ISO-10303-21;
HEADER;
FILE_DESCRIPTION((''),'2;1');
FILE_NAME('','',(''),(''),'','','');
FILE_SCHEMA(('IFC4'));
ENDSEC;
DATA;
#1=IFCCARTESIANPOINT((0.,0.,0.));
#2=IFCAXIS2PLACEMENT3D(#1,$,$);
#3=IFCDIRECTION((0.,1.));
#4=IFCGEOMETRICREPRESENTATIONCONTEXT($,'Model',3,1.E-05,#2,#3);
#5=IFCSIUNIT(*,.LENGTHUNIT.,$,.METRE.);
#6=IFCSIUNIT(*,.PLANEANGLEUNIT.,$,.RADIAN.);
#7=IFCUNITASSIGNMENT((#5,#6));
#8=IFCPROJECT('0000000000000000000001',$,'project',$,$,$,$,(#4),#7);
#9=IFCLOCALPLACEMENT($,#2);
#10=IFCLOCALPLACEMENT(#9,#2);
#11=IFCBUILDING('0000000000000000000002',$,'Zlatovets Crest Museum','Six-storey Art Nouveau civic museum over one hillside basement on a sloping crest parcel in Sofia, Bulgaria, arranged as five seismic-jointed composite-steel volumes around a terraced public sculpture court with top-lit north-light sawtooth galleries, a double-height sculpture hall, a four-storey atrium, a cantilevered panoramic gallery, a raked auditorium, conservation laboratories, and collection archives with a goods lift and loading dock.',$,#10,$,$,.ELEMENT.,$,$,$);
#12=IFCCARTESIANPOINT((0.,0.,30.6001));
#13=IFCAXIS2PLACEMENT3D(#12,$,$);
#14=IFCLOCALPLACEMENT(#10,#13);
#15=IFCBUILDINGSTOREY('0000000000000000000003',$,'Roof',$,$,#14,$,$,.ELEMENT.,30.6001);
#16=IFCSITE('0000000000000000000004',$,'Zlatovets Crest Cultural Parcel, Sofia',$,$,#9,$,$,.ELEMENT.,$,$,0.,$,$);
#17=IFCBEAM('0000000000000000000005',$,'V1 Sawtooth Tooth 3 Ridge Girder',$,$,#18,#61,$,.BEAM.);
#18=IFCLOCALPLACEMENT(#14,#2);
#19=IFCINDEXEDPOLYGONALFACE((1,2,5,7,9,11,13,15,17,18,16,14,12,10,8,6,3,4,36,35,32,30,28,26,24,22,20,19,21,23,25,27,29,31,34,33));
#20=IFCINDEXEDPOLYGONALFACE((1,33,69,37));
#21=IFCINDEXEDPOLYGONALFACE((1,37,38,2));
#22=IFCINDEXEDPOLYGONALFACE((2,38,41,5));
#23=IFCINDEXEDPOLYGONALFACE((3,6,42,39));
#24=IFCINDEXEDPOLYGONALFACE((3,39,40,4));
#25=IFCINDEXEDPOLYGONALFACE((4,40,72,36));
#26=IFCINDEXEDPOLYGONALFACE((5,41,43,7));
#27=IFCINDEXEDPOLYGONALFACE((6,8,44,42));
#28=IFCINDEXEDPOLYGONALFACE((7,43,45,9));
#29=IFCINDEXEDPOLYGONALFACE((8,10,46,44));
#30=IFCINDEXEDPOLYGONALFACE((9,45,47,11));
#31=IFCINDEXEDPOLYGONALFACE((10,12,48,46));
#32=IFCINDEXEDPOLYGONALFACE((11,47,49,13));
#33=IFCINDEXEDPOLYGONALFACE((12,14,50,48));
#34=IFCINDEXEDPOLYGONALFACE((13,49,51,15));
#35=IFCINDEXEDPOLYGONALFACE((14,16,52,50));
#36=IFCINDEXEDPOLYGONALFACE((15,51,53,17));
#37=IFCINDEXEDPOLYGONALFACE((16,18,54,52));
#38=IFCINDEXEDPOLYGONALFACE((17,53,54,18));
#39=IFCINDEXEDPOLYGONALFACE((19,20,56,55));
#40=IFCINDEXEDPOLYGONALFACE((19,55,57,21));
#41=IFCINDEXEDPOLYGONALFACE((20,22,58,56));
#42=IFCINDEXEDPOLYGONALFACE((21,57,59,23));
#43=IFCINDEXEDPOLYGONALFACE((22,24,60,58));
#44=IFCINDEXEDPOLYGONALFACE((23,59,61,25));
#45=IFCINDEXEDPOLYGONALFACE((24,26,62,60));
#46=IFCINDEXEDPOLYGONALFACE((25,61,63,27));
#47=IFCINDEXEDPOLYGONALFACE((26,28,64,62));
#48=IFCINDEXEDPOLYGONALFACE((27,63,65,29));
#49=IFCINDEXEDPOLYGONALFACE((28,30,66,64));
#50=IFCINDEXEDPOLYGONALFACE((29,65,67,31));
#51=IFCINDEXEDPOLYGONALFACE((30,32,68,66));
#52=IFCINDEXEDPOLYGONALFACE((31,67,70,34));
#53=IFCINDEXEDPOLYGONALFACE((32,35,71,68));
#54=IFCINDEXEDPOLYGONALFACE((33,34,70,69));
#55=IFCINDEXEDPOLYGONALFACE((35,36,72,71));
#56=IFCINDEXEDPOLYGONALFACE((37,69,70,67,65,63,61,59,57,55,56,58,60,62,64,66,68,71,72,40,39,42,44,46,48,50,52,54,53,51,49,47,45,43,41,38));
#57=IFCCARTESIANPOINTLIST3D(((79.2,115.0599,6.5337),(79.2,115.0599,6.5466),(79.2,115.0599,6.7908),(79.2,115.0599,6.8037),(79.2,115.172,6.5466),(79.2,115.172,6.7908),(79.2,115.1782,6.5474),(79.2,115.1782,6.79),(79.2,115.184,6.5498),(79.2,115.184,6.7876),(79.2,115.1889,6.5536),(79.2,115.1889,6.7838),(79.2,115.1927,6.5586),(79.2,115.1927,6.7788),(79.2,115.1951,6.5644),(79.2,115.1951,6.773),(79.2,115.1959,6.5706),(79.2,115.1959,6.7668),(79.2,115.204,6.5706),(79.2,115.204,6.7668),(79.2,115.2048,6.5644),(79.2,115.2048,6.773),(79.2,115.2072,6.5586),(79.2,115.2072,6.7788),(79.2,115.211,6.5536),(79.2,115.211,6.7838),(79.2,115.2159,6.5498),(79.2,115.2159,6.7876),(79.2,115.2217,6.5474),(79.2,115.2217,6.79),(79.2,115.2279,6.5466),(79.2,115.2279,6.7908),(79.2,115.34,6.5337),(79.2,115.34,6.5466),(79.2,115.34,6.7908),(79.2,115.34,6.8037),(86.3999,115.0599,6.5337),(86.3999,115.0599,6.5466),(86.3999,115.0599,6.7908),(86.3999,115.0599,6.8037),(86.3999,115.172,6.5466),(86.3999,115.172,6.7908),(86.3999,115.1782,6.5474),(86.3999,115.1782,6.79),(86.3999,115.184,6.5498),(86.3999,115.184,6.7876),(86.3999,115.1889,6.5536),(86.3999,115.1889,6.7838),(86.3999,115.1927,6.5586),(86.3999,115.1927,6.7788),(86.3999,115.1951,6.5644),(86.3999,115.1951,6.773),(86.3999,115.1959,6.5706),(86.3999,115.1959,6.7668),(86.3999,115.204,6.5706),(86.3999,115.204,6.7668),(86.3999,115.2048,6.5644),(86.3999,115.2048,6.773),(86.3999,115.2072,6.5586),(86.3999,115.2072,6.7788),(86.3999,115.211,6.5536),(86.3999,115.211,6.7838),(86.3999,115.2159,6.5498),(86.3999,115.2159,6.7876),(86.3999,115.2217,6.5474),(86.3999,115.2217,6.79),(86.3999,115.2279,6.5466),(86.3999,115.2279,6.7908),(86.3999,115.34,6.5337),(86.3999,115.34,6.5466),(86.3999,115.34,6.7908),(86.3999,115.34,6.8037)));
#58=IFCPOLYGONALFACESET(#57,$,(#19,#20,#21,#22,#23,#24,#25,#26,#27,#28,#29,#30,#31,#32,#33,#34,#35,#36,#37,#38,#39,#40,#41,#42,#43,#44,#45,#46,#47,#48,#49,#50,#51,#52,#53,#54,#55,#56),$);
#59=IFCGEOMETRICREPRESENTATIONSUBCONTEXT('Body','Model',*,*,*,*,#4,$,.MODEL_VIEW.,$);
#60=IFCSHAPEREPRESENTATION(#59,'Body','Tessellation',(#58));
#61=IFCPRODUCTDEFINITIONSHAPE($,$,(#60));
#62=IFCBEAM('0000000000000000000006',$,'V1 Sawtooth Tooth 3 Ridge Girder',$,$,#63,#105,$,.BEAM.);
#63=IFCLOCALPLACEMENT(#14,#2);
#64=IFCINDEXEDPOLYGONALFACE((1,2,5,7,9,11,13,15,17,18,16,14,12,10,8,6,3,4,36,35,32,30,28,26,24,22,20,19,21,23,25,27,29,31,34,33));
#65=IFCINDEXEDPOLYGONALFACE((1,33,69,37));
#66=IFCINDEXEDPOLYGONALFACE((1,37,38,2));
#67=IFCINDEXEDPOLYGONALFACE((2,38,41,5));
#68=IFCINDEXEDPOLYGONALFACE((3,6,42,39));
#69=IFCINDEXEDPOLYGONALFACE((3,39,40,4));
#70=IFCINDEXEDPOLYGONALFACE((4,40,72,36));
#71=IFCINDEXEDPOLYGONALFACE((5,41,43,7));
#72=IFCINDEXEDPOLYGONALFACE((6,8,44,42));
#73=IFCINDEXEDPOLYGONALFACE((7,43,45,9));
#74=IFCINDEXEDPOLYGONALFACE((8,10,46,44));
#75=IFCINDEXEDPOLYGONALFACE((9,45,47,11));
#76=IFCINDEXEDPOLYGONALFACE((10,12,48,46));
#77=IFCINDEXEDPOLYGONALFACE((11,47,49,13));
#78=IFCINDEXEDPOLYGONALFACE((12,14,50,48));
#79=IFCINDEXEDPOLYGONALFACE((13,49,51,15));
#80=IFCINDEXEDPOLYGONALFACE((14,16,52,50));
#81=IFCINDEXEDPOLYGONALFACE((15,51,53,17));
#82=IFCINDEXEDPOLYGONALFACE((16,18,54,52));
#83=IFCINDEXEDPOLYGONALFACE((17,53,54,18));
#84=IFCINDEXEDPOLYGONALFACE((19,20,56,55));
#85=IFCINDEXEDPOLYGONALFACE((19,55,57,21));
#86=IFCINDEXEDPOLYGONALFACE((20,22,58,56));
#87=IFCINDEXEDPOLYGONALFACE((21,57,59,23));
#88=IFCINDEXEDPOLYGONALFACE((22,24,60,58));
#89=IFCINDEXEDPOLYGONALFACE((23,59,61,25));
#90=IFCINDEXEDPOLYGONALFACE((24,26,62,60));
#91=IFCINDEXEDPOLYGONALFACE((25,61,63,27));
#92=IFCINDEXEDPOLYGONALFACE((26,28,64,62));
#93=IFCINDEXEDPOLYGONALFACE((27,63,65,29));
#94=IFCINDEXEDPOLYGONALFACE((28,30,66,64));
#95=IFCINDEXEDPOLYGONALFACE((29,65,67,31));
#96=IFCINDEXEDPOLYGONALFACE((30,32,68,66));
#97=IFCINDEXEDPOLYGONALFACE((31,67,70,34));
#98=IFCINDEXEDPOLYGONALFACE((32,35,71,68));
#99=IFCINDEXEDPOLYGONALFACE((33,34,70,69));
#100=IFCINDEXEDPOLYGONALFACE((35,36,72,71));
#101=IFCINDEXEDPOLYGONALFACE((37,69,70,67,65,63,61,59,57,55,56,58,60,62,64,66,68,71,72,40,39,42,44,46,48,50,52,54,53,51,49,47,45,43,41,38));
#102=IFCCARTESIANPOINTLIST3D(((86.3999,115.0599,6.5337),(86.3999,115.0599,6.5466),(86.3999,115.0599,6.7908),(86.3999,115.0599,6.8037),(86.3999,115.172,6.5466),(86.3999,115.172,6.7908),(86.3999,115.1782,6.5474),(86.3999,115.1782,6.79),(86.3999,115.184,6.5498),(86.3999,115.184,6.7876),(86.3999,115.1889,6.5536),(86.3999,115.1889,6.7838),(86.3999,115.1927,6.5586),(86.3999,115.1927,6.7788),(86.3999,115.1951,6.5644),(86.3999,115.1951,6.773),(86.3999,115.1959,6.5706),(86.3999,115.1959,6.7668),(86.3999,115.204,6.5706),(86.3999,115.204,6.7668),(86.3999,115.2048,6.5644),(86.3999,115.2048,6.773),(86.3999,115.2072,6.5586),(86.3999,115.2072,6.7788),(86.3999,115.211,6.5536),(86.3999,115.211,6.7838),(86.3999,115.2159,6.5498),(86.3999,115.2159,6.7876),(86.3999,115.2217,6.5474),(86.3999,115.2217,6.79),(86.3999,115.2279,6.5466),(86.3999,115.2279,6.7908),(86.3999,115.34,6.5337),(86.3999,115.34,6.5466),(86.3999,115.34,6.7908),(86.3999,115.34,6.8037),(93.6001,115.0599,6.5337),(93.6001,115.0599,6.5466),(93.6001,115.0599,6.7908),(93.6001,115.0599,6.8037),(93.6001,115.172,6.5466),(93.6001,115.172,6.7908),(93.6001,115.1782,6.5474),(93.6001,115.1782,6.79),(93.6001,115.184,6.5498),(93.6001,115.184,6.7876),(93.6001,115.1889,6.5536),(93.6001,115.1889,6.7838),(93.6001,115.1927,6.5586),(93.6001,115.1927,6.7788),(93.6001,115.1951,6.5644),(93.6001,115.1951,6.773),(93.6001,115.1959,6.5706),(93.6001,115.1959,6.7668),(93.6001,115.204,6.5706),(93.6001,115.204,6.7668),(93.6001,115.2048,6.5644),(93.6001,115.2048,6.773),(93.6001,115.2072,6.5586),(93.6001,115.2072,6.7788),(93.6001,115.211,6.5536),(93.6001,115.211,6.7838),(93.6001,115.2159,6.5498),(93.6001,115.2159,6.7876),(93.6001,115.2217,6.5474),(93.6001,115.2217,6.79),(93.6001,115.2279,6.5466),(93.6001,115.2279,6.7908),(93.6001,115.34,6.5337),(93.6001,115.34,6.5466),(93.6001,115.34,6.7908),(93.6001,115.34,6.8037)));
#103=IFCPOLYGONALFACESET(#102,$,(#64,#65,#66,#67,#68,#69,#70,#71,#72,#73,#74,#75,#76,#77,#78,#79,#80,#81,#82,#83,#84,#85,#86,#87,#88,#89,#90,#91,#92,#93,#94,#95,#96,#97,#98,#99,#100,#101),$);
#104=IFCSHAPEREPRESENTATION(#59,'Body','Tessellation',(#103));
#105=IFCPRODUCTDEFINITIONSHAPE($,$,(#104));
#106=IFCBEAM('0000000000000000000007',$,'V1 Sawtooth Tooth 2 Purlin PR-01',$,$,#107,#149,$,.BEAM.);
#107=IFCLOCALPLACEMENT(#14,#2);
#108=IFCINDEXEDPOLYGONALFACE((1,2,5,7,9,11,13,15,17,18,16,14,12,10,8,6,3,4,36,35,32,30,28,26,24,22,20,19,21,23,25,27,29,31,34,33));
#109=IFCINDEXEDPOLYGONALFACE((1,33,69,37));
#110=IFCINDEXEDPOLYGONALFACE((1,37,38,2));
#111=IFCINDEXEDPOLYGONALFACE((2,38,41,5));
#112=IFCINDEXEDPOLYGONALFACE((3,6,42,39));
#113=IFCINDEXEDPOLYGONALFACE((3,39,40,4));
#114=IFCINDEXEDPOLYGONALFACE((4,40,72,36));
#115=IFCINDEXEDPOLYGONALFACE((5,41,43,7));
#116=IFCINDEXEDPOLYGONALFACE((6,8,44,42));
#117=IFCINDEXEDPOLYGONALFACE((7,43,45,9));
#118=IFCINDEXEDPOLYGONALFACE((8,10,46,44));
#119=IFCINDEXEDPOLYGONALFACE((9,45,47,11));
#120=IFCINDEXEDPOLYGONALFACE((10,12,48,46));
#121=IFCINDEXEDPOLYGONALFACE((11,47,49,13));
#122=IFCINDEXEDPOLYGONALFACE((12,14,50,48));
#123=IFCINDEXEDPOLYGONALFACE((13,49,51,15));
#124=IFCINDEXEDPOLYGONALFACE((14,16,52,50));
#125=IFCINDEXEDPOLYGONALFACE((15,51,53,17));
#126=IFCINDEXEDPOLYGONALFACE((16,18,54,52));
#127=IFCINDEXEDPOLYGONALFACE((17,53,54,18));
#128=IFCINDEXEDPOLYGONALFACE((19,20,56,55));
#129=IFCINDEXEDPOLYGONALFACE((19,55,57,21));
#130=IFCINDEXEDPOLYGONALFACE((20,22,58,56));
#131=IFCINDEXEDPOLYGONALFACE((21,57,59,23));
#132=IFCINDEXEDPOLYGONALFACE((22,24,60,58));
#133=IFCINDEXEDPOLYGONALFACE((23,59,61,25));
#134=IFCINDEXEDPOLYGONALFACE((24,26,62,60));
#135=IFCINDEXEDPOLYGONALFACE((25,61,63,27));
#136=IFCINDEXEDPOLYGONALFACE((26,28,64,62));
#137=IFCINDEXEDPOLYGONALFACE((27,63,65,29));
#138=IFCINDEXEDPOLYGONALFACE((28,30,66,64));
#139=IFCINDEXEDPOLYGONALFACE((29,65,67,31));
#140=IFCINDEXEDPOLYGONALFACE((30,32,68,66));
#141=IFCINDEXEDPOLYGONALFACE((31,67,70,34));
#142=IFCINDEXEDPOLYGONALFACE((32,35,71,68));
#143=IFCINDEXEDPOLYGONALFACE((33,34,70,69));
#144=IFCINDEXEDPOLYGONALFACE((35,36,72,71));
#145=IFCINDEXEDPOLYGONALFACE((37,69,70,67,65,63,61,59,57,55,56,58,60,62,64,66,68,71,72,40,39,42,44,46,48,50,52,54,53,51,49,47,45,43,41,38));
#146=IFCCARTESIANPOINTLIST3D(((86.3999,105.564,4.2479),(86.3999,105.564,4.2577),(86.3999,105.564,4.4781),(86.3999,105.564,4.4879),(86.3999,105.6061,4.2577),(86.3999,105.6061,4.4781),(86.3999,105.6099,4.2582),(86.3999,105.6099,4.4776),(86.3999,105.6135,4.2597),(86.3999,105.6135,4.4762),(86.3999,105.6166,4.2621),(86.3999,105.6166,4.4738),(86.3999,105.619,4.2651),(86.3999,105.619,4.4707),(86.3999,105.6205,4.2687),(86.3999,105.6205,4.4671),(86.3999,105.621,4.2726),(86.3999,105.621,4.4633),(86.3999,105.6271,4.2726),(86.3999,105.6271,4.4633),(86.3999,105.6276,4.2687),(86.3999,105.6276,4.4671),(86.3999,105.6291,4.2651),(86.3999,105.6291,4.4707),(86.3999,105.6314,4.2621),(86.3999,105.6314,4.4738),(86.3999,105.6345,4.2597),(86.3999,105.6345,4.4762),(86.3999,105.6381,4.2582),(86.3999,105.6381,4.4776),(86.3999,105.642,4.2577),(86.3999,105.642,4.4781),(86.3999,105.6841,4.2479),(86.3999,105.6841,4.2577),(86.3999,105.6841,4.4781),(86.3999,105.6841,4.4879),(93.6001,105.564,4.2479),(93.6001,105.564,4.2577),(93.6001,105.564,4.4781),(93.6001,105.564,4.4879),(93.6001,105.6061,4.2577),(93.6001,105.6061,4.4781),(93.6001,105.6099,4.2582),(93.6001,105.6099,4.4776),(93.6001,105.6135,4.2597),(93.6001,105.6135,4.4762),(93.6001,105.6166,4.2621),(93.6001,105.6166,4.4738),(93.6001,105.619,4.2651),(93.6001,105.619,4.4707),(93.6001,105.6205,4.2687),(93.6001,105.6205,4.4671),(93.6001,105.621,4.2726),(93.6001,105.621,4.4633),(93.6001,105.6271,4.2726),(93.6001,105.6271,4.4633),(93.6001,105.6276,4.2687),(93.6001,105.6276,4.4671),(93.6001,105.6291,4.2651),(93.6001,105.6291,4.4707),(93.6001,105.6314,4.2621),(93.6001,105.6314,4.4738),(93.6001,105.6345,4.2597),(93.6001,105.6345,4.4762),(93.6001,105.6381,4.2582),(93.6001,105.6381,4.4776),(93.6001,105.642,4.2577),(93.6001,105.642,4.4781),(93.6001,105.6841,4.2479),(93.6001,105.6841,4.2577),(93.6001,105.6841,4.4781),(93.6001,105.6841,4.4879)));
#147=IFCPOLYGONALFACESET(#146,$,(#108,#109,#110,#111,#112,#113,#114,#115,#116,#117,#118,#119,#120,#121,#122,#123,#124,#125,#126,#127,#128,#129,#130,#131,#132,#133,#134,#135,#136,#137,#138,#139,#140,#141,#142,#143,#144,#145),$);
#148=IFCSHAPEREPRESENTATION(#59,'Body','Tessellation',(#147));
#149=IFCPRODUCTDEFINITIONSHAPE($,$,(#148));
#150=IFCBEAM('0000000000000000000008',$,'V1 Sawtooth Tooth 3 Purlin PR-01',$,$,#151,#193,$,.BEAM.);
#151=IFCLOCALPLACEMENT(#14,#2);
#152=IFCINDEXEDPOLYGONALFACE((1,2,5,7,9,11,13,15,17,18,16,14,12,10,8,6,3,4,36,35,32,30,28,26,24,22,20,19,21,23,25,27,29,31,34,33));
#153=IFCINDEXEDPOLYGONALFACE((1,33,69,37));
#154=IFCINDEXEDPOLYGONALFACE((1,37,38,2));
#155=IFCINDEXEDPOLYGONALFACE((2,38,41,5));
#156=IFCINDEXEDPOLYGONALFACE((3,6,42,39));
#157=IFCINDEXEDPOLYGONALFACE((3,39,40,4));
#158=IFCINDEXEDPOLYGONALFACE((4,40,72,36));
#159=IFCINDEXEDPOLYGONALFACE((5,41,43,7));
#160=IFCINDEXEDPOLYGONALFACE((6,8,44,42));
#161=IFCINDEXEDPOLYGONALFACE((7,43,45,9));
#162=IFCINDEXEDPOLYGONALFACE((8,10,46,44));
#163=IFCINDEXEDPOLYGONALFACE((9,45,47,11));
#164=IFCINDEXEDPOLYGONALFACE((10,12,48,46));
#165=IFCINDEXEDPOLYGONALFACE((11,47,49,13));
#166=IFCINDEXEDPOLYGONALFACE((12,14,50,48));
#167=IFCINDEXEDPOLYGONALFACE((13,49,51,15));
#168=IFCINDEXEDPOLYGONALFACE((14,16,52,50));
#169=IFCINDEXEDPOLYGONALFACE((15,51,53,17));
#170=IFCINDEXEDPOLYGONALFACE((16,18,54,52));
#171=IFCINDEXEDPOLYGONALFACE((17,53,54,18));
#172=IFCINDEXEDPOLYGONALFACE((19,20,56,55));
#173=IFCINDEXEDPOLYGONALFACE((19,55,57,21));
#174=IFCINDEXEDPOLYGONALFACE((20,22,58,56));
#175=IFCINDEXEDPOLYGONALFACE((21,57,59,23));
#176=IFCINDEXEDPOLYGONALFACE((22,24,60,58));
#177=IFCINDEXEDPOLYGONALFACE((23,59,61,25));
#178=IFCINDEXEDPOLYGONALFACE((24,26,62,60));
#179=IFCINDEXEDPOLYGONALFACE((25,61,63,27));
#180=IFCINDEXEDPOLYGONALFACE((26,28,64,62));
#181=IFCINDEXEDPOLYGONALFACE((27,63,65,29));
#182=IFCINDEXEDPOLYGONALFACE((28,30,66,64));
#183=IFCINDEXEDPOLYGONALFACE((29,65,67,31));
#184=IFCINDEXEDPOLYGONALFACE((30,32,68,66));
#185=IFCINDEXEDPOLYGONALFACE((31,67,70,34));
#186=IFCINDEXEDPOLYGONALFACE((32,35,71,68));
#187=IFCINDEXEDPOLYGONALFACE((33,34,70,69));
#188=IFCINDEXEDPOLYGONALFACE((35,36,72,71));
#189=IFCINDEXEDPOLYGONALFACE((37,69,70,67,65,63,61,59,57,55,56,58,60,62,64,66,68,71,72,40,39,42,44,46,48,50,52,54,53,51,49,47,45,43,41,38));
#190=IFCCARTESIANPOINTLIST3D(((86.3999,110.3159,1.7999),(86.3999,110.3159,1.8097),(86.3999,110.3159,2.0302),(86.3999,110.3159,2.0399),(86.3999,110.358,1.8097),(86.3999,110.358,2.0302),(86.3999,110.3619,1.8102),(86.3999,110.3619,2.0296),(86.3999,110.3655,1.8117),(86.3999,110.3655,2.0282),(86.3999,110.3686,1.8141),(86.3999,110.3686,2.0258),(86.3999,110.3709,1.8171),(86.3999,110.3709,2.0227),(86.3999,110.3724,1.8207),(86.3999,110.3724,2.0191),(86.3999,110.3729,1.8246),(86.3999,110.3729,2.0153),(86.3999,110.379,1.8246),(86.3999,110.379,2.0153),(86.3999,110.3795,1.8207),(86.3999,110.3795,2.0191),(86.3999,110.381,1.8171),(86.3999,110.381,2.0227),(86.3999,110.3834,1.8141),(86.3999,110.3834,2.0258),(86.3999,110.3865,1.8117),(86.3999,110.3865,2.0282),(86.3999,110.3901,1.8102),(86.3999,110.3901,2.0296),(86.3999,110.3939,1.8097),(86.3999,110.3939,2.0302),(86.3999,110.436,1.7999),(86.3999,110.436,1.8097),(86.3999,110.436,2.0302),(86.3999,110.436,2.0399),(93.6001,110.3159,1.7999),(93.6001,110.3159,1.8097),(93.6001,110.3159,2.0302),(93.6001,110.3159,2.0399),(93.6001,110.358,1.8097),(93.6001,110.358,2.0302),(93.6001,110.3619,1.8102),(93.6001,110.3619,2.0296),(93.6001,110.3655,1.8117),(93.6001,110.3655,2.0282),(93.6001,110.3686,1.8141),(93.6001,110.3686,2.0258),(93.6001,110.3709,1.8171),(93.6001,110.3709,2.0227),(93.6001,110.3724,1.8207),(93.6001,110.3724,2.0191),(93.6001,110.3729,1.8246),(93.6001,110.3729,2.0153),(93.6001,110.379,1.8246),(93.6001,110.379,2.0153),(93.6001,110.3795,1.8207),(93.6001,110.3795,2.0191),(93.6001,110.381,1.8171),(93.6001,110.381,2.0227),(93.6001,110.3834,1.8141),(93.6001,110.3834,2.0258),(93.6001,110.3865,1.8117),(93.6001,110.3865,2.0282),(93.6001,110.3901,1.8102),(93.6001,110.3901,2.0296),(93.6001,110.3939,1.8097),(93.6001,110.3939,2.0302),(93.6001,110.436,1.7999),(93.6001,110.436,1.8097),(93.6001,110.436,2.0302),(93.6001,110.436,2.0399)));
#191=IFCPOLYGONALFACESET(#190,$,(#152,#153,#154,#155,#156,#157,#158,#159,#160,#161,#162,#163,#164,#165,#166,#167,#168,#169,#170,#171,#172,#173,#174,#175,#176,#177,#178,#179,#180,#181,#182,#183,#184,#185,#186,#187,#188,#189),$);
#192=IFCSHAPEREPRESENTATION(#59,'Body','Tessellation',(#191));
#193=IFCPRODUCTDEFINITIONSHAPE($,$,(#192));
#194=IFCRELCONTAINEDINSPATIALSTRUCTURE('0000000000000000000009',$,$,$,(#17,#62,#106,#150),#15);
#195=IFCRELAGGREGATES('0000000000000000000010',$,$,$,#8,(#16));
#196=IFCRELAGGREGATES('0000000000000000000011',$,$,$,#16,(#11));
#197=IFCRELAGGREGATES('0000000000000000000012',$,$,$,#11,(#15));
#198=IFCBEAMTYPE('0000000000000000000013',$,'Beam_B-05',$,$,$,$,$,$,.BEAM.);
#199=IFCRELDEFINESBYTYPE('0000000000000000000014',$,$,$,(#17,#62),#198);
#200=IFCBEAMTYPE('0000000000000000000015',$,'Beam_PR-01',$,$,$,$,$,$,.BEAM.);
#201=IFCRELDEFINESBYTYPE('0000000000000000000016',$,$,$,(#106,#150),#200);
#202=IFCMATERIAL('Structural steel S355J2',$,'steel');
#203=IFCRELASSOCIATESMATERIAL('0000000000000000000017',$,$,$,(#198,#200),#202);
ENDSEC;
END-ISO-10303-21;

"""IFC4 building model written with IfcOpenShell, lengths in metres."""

from ifc_helpers import new_model, si_unit, direction, frame, origin, origin_2d, place, context, subcontext, project, spatial, i_section, extrude, material, material_profile, profile_set, type_object, element, save


model = new_model("IFC4")

# Units and contexts
model_context = context("Model", 3, precision=1e-05, world=origin(), true_north=direction((0.0, 1.0)))
body_context = subcontext(model_context, "Body", "Model", "MODEL_VIEW")
ifc_project = project(units=[si_unit("LENGTHUNIT", "METRE"), si_unit("PLANEANGLEUNIT", "RADIAN")], contexts=[model_context])

# Site, building, storey
site_placement = place(None, origin())
site = spatial("IfcSite", under=ifc_project, at=site_placement, Name="Zlatovets Crest Cultural Parcel, Sofia", CompositionType="ELEMENT", RefElevation=0.0)
building_placement = place(site_placement, origin())
building = spatial("IfcBuilding", under=site, at=building_placement, Name="Zlatovets Crest Museum", Description="Six-storey Art Nouveau civic museum over one hillside basement on a sloping crest parcel in Sofia, Bulgaria, arranged as five seismic-jointed composite-steel volumes around a terraced public sculpture court with top-lit north-light sawtooth galleries, a double-height sculpture hall, a four-storey atrium, a cantilevered panoramic gallery, a raked auditorium, conservation laboratories, and collection archives with a goods lift and loading dock.", CompositionType="ELEMENT")
storey_placement = place(building_placement, frame((0.0, 0.0, 30.6001)))
storey = spatial("IfcBuildingStorey", under=building, at=storey_placement, Name="Roof", CompositionType="ELEMENT", Elevation=30.6001)

# Beams
ifc_material_1 = material(Name="Structural steel S355J2", Category="steel")
ifc_material_profile_1 = material_profile(ifc_material_1, i_section(OverallWidth=0.28, OverallDepth=0.27, WebThickness=0.0081, FlangeThickness=0.0129, FilletRadius=0.0239, at=origin_2d()), Name="HEA 280")
ifc_profile_set_1 = profile_set([ifc_material_profile_1], Name="Structural steel S355J2")
beam_type_1 = type_object("IfcBeamType", Name="Beam_B-05", PredefinedType="BEAM", material=ifc_profile_set_1)
beam_1_placement = place(storey_placement, frame((79.2, 115.2, 6.6687), z_axis=(1.0, 0.0, 0.0), x_axis=(0.0, 1.0, 0.0)))
element("IfcBeam", 1, at=beam_1_placement, inside=storey, type_object=beam_type_1, Name="V1 Sawtooth Tooth 3 Ridge Girder", PredefinedType="BEAM", context=body_context, shape_type="SweptSolid", body=[
    extrude(i_section(OverallWidth=0.28, OverallDepth=0.27, WebThickness=0.0081, FlangeThickness=0.0129, FilletRadius=0.0239, at=origin_2d()), origin(), (0.0, 0.0, 1.0), 7.2),
])
beam_2_placement = place(storey_placement, frame((86.3999, 115.2, 6.6687), z_axis=(1.0, 0.0, 0.0), x_axis=(0.0, 1.0, 0.0)))
element("IfcBeam", 2, at=beam_2_placement, inside=storey, type_object=beam_type_1, Name="V1 Sawtooth Tooth 3 Ridge Girder", PredefinedType="BEAM", context=body_context, shape_type="SweptSolid", body=[
    extrude(i_section(OverallWidth=0.28, OverallDepth=0.27, WebThickness=0.0081, FlangeThickness=0.0129, FilletRadius=0.0239, at=origin_2d()), origin(), (0.0, 0.0, 1.0), 7.2002),
])
ifc_material_profile_2 = material_profile(ifc_material_1, i_section(OverallWidth=0.1201, OverallDepth=0.24, WebThickness=0.0061, FlangeThickness=0.0098, FilletRadius=0.0149, at=origin_2d()), Name="IPE 240")
ifc_profile_set_2 = profile_set([ifc_material_profile_2], Name="Structural steel S355J2")
beam_type_2 = type_object("IfcBeamType", Name="Beam_PR-01", PredefinedType="BEAM", material=ifc_profile_set_2)
for number, where, z_axis, x_axis, name in (
    (3, (86.3999, 105.624, 4.3679), (1.0, 0.0, 0.0), (0.0, 1.0, 0.0), "V1 Sawtooth Tooth 2 Purlin PR-01"),
    (4, (86.3999, 110.376, 1.9199), (1.0, 0.0, 0.0), (0.0, 1.0, 0.0), "V1 Sawtooth Tooth 3 Purlin PR-01"),
):
    element("IfcBeam", number, at=place(storey_placement, frame(where, z_axis=z_axis, x_axis=x_axis)), inside=storey, type_object=beam_type_2, Name=name, PredefinedType="BEAM", context=body_context, shape_type="SweptSolid", body=[
        extrude(i_section(OverallWidth=0.1201, OverallDepth=0.24, WebThickness=0.0061, FlangeThickness=0.0098, FilletRadius=0.0149, at=origin_2d()), origin(), (0.0, 0.0, 1.0), 7.2002),
    ])

save(model, "model.ifc")
